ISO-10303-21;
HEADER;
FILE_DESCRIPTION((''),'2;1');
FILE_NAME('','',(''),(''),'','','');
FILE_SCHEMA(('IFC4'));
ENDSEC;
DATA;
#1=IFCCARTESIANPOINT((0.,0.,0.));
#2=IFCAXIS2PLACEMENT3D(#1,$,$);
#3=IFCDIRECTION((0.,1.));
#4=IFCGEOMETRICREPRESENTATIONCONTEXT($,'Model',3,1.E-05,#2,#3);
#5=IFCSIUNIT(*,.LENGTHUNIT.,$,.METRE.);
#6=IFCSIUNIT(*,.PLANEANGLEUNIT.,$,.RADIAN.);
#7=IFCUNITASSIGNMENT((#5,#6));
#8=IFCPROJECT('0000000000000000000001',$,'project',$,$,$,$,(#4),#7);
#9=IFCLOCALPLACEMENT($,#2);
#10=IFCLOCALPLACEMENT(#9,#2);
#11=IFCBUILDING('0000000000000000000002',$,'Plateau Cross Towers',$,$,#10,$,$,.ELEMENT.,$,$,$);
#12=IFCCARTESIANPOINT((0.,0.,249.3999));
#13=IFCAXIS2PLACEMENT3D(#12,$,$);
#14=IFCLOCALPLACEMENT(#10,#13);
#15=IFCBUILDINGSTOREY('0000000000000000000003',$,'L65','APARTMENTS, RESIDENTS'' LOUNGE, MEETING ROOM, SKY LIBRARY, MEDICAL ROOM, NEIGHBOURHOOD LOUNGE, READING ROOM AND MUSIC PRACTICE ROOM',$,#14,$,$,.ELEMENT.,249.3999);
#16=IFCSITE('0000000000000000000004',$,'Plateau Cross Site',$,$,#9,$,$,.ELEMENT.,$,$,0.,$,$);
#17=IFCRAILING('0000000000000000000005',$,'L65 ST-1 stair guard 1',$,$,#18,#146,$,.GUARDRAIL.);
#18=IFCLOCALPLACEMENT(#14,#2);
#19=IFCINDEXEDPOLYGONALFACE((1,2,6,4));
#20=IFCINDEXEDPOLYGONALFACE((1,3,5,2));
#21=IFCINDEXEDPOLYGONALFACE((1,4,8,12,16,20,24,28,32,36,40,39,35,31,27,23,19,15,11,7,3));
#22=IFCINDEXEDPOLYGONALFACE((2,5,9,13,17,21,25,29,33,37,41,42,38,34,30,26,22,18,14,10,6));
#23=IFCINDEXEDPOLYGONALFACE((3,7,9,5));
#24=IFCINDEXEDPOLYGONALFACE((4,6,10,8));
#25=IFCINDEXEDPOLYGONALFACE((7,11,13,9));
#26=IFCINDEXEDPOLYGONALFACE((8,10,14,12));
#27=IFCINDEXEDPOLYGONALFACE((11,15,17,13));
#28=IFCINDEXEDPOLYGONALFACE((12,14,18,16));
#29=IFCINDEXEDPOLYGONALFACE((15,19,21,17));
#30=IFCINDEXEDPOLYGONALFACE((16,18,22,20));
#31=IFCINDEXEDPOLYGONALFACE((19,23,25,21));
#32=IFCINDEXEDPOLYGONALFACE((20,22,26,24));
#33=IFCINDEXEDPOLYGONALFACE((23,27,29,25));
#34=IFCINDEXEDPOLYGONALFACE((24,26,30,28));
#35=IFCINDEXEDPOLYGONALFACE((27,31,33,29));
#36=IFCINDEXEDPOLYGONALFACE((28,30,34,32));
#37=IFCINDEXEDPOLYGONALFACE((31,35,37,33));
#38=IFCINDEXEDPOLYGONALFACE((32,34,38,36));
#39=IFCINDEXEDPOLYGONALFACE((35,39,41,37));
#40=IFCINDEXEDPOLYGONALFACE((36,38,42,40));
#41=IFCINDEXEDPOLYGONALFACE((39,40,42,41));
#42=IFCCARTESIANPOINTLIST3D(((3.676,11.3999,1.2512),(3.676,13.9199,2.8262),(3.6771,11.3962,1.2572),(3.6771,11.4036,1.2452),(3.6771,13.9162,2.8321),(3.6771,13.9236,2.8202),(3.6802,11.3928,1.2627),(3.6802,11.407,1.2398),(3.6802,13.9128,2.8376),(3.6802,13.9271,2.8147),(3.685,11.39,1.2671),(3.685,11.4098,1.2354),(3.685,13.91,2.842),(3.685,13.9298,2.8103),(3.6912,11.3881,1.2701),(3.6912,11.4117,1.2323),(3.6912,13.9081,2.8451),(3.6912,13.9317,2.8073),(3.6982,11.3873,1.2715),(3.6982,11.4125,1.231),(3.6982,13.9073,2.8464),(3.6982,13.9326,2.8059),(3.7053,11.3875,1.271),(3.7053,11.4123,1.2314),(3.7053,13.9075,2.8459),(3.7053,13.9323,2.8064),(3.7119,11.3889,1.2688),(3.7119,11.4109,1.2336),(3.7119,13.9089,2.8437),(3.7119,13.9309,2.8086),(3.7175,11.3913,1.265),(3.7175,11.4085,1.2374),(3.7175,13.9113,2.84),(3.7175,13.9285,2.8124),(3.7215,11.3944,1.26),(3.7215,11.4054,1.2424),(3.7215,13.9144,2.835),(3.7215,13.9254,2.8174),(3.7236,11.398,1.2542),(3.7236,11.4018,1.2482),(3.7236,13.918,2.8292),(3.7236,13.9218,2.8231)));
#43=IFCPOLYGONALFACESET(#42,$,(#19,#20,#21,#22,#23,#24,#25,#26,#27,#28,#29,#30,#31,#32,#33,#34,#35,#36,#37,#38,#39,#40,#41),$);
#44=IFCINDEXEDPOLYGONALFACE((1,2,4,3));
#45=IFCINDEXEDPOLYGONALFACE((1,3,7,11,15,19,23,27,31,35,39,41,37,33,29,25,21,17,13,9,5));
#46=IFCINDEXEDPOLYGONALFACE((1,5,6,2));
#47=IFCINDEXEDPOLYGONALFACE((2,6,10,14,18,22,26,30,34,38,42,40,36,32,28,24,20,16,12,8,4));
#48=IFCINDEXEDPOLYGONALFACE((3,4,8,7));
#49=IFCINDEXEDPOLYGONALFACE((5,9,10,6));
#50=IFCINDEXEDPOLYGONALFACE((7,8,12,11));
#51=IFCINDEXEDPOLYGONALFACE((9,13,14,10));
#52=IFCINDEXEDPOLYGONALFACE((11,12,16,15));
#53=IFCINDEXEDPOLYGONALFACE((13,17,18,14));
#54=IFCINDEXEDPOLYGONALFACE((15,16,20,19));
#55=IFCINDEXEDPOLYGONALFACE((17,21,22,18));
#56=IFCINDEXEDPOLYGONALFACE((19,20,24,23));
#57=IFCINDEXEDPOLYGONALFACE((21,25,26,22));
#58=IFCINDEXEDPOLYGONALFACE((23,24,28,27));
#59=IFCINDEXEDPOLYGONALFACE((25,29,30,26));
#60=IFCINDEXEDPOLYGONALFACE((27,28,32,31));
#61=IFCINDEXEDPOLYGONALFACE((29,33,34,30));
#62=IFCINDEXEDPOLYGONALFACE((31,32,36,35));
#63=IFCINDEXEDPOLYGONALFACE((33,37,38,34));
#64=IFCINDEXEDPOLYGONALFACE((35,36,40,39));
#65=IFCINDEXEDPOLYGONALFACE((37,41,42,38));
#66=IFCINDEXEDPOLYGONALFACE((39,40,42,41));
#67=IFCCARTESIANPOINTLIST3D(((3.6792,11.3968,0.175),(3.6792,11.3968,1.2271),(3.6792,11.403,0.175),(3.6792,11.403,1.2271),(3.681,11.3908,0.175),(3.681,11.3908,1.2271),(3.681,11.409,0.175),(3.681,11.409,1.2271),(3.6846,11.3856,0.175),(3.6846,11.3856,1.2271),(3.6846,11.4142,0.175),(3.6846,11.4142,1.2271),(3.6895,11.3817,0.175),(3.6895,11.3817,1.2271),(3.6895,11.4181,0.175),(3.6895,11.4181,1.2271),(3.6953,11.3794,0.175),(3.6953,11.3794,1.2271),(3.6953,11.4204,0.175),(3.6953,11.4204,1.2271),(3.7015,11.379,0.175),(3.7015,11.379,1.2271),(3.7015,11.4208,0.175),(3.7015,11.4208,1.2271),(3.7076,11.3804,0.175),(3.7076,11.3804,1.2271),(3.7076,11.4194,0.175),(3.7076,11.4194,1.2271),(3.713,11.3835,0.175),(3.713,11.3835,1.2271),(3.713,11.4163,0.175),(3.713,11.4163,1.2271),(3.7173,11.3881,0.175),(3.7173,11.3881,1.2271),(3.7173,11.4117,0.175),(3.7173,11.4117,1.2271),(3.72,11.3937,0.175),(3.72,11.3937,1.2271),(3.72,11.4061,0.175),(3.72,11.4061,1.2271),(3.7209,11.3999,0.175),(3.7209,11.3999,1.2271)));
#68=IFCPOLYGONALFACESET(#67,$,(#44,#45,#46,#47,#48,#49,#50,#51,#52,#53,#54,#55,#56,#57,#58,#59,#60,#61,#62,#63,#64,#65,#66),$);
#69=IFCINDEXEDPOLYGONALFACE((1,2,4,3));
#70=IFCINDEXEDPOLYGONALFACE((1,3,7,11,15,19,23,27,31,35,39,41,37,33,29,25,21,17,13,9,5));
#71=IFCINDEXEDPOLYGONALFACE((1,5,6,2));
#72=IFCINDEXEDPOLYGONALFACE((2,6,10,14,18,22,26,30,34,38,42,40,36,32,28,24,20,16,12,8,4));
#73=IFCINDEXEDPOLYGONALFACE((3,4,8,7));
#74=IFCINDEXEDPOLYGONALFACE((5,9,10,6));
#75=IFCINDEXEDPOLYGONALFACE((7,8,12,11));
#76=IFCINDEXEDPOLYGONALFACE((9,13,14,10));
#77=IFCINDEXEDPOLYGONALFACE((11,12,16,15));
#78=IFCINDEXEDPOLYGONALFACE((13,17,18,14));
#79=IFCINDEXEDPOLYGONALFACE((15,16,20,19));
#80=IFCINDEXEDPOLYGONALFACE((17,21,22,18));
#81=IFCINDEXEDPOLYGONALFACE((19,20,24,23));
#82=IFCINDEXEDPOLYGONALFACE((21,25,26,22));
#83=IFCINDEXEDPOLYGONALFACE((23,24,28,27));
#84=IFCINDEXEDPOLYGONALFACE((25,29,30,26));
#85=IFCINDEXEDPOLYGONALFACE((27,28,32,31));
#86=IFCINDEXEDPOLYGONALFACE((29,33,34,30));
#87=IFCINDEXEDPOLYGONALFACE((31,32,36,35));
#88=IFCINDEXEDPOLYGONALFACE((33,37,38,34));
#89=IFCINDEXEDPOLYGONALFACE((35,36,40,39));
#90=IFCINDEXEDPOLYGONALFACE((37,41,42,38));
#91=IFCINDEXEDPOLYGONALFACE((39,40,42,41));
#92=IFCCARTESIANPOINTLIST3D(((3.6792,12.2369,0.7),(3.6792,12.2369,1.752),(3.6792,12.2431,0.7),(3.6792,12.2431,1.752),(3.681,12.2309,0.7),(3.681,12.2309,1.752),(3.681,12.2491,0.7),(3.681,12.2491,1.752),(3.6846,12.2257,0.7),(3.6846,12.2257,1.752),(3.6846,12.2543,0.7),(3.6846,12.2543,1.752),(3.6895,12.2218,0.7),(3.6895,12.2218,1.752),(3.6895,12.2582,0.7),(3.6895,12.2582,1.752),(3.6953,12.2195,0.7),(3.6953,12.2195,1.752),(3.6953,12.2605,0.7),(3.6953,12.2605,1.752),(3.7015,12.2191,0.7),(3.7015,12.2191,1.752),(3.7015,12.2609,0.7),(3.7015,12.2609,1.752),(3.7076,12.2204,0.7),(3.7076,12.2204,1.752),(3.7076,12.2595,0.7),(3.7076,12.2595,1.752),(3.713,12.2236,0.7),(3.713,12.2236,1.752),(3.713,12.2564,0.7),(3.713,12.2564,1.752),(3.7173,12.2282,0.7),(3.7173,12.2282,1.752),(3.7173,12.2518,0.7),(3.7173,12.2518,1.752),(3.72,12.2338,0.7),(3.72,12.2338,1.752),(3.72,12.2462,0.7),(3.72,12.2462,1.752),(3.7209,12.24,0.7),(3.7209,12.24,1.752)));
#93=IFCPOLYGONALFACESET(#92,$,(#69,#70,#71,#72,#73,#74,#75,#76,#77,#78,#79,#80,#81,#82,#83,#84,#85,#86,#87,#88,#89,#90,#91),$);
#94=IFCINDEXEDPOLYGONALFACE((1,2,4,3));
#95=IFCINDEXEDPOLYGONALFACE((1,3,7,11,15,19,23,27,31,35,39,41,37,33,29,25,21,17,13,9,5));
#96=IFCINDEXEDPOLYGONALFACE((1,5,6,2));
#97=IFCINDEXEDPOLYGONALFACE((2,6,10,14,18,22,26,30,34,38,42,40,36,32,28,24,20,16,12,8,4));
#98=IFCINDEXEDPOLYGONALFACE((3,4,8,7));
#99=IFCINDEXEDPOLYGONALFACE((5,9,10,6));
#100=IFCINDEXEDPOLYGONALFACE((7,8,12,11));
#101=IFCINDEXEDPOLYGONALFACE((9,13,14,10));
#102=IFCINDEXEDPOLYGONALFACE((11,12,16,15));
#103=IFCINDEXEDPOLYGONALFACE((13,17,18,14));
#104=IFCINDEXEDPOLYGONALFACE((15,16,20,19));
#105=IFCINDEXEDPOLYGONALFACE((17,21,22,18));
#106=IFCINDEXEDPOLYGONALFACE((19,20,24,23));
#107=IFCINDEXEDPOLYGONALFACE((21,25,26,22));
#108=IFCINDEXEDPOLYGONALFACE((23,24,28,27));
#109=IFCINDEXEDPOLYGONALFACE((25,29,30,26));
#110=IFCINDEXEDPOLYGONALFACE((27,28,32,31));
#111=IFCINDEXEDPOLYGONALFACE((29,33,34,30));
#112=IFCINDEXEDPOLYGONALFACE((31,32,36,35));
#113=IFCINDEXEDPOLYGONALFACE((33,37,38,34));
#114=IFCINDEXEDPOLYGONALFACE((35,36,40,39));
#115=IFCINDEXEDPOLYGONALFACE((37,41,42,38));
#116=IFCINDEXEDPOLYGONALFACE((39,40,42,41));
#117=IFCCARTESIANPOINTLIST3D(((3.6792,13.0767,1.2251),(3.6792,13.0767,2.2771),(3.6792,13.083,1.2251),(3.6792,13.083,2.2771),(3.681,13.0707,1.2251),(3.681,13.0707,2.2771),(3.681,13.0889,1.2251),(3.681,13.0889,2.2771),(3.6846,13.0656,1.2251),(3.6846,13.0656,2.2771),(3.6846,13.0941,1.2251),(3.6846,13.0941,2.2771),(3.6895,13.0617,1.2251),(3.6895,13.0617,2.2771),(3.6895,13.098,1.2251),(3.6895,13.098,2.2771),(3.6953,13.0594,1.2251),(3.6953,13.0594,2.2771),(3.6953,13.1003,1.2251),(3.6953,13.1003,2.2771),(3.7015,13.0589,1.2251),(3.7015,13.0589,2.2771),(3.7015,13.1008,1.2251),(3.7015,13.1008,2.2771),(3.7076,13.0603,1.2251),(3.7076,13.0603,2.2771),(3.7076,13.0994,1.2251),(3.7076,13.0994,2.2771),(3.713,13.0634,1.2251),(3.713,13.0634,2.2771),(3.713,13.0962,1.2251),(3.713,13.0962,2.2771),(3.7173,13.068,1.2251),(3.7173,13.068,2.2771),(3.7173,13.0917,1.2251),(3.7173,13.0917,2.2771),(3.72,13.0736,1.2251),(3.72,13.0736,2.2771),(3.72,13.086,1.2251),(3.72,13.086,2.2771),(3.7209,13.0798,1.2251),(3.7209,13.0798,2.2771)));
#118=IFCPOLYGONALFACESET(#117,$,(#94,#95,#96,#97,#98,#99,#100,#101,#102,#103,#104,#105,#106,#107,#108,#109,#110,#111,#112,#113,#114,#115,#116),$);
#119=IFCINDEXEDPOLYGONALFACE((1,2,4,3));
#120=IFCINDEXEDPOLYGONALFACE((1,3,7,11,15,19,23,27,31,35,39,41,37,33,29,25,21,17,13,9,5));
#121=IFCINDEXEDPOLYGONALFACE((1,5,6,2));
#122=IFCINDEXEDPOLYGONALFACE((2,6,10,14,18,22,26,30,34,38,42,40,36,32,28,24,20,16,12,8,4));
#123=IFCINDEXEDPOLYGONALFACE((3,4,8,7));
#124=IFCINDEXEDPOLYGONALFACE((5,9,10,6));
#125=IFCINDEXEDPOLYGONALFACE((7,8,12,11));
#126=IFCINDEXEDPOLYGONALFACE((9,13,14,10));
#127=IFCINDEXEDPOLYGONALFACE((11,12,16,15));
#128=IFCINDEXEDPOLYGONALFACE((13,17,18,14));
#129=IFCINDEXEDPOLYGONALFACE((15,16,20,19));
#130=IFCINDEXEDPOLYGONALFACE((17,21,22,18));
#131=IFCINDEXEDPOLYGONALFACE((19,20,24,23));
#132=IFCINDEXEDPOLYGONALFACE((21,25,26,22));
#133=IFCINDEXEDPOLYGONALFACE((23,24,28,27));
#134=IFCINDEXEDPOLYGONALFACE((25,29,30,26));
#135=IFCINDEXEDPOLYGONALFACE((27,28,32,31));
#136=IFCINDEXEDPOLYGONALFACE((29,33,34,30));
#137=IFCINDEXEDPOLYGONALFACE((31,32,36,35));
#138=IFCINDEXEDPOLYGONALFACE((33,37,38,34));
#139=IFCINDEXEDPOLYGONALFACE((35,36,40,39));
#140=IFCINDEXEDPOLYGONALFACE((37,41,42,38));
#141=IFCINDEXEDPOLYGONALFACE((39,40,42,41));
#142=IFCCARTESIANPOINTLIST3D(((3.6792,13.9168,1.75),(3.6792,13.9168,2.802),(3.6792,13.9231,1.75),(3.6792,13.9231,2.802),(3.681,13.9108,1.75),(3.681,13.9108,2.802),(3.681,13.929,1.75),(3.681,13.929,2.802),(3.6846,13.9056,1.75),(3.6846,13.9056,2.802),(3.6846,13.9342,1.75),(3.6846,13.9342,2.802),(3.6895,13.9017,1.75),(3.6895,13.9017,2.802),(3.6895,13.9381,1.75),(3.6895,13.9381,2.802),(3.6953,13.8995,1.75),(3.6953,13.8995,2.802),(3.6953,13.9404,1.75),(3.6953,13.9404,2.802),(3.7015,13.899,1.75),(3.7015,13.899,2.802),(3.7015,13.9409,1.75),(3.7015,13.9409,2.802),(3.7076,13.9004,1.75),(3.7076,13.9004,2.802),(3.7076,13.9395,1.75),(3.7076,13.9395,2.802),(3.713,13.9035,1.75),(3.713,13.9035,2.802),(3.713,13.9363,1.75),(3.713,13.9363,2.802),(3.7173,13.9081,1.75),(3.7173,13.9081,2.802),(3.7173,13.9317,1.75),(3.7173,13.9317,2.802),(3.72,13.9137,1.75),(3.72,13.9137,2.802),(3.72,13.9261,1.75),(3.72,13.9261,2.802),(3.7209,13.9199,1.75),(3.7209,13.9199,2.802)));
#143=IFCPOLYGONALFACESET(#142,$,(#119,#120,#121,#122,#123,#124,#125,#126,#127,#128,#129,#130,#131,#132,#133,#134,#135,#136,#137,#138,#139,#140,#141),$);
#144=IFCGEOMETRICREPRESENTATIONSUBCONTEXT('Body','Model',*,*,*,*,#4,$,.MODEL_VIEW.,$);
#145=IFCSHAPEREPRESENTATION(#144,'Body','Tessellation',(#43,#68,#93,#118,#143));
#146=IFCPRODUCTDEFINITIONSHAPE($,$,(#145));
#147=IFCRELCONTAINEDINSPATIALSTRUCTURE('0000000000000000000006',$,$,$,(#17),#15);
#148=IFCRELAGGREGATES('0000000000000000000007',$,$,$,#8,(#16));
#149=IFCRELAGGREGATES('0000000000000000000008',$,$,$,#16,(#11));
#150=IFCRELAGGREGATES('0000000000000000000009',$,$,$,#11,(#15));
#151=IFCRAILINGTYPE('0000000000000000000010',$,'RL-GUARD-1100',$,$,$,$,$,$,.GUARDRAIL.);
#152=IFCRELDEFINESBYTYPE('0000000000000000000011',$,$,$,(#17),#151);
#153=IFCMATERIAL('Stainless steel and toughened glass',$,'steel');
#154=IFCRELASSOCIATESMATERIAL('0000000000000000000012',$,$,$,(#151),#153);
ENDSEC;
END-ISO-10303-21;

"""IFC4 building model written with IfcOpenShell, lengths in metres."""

from ifc_helpers import new_model, si_unit, direction, frame, origin, origin_2d, place, context, subcontext, project, spatial, circle, extrude, material, type_object, element, save


model = new_model("IFC4")

# Units and contexts
model_context = context("Model", 3, precision=1e-05, world=origin(), true_north=direction((0.0, 1.0)))
body_context = subcontext(model_context, "Body", "Model", "MODEL_VIEW")
ifc_project = project(units=[si_unit("LENGTHUNIT", "METRE"), si_unit("PLANEANGLEUNIT", "RADIAN")], contexts=[model_context])

# Site, building, storey
site_placement = place(None, origin())
site = spatial("IfcSite", under=ifc_project, at=site_placement, Name="Plateau Cross Site", CompositionType="ELEMENT", RefElevation=0.0)
building_placement = place(site_placement, origin())
building = spatial("IfcBuilding", under=site, at=building_placement, Name="Plateau Cross Towers", CompositionType="ELEMENT")
storey_placement = place(building_placement, frame((0.0, 0.0, 249.3999)))
storey = spatial("IfcBuildingStorey", under=building, at=storey_placement, Name="L65", Description="APARTMENTS, RESIDENTS' LOUNGE, MEETING ROOM, SKY LIBRARY, MEDICAL ROOM, NEIGHBOURHOOD LOUNGE, READING ROOM AND MUSIC PRACTICE ROOM", CompositionType="ELEMENT", Elevation=249.3999)

# Railing
ifc_material_1 = material(Name="Stainless steel and toughened glass", Category="steel")
railing_type_1 = type_object("IfcRailingType", Name="RL-GUARD-1100", PredefinedType="GUARDRAIL", material=ifc_material_1)
railing_1_placement = place(storey_placement, frame((3.7, 11.3999, 0.175)))
element("IfcRailing", 1, at=railing_1_placement, inside=storey, type_object=railing_type_1, Name="L65 ST-1 stair guard 1", PredefinedType="GUARDRAIL", context=body_context, shape_type="SweptSolid", body=[
    extrude(circle(Radius=0.0239, at=origin_2d()), frame((0.0, 0.0, 1.0762), z_axis=(0.0, 0.848008, 0.529984), x_axis=(-1.0, 0.0, 0.0)), (0.0, 0.0, 1.0), 2.9717),
    extrude(circle(Radius=0.021, at=origin_2d()), origin(), (0.0, 0.0, 1.0), 1.052),
    extrude(circle(Radius=0.021, at=origin_2d()), frame((0.0, 0.8401, 0.5249)), (0.0, 0.0, 1.0), 1.052),
    extrude(circle(Radius=0.021, at=origin_2d()), frame((0.0, 1.6799, 1.05)), (0.0, 0.0, 1.0), 1.052),
    extrude(circle(Radius=0.021, at=origin_2d()), frame((0.0, 2.52, 1.575)), (0.0, 0.0, 1.0), 1.052),
])

save(model, "model.ifc")
